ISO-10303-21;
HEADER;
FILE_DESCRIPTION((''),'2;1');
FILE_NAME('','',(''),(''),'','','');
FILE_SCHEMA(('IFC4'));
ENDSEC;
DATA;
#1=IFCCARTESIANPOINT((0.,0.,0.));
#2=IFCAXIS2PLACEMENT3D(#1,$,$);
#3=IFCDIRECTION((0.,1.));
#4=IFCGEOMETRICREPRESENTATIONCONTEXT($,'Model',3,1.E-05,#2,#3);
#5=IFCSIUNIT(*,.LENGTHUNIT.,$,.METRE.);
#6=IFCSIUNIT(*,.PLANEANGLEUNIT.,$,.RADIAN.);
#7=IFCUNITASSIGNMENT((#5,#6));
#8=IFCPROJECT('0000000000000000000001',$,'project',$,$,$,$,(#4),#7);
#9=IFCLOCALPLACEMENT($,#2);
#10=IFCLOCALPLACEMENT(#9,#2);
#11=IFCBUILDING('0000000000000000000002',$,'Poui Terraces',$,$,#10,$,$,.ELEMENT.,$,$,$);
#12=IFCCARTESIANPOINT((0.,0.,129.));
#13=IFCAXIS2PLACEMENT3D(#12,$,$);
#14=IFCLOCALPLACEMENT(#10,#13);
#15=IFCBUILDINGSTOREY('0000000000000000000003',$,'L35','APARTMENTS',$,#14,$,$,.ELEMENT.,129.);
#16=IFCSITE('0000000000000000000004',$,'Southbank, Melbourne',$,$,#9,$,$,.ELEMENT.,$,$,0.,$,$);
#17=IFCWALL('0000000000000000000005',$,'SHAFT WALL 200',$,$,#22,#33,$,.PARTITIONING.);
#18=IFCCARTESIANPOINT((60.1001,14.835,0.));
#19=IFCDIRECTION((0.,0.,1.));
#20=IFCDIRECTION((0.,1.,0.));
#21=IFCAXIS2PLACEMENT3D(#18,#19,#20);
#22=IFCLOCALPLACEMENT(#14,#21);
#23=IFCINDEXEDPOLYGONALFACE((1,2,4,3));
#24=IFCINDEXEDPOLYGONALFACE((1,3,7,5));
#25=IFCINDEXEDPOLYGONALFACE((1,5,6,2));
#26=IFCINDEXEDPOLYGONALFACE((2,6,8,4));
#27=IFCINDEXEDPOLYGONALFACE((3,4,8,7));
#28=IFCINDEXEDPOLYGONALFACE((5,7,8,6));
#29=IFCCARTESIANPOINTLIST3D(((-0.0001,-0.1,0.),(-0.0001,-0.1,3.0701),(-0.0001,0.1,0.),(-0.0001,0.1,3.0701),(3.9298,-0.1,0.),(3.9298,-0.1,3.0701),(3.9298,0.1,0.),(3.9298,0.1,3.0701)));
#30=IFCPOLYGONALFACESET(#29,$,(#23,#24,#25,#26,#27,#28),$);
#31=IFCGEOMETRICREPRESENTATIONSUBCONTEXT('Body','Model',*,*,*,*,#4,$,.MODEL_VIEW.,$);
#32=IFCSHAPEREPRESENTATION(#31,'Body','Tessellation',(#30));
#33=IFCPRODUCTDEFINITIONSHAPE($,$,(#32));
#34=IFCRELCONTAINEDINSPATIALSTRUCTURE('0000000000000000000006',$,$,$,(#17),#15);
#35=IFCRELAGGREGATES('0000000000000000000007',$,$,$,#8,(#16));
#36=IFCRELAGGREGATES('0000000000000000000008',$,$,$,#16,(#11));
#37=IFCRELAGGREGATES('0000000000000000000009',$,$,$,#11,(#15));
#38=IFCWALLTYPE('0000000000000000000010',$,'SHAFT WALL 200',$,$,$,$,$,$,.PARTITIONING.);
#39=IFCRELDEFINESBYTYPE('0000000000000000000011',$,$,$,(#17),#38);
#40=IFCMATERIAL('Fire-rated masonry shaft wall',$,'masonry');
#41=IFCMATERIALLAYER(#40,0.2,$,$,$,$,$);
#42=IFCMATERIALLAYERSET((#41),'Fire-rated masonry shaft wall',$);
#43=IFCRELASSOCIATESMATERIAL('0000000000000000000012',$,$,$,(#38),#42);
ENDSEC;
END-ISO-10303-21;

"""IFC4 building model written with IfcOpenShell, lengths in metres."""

from ifc_helpers import new_model, si_unit, direction, frame, frame_2d, origin, place, context, subcontext, project, spatial, rectangle, extrude, material, layer, layer_set, type_object, element, save


model = new_model("IFC4")

# Units and contexts
model_context = context("Model", 3, precision=1e-05, world=origin(), true_north=direction((0.0, 1.0)))
body_context = subcontext(model_context, "Body", "Model", "MODEL_VIEW")
ifc_project = project(units=[si_unit("LENGTHUNIT", "METRE"), si_unit("PLANEANGLEUNIT", "RADIAN")], contexts=[model_context])

# Site, building, storey
site_placement = place(None, origin())
site = spatial("IfcSite", under=ifc_project, at=site_placement, Name="Southbank, Melbourne", CompositionType="ELEMENT", RefElevation=0.0)
building_placement = place(site_placement, origin())
building = spatial("IfcBuilding", under=site, at=building_placement, Name="Poui Terraces", CompositionType="ELEMENT")
storey_placement = place(building_placement, frame((0.0, 0.0, 129.0)))
storey = spatial("IfcBuildingStorey", under=building, at=storey_placement, Name="L35", Description="APARTMENTS", CompositionType="ELEMENT", Elevation=129.0)

# Wall
ifc_material_1 = material(Name="Fire-rated masonry shaft wall", Category="masonry")
ifc_layer_1 = layer(ifc_material_1, 0.2)
ifc_layer_set_1 = layer_set([ifc_layer_1], Name="Fire-rated masonry shaft wall")
wall_type_1 = type_object("IfcWallType", Name="SHAFT WALL 200", PredefinedType="PARTITIONING", material=ifc_layer_set_1)
wall_1_placement = place(storey_placement, frame((60.1001, 14.835, 0.0), z_axis=(0.0, 0.0, 1.0), x_axis=(0.0, 1.0, 0.0)))
element("IfcWall", 1, at=wall_1_placement, inside=storey, type_object=wall_type_1, Name="SHAFT WALL 200", PredefinedType="PARTITIONING", context=body_context, shape_type="SweptSolid", body=[
    extrude(rectangle(XDim=3.9299, YDim=0.2, at=frame_2d((1.9648, 0.0))), origin(), (0.0, 0.0, 1.0), 3.0701),
])

save(model, "model.ifc")
